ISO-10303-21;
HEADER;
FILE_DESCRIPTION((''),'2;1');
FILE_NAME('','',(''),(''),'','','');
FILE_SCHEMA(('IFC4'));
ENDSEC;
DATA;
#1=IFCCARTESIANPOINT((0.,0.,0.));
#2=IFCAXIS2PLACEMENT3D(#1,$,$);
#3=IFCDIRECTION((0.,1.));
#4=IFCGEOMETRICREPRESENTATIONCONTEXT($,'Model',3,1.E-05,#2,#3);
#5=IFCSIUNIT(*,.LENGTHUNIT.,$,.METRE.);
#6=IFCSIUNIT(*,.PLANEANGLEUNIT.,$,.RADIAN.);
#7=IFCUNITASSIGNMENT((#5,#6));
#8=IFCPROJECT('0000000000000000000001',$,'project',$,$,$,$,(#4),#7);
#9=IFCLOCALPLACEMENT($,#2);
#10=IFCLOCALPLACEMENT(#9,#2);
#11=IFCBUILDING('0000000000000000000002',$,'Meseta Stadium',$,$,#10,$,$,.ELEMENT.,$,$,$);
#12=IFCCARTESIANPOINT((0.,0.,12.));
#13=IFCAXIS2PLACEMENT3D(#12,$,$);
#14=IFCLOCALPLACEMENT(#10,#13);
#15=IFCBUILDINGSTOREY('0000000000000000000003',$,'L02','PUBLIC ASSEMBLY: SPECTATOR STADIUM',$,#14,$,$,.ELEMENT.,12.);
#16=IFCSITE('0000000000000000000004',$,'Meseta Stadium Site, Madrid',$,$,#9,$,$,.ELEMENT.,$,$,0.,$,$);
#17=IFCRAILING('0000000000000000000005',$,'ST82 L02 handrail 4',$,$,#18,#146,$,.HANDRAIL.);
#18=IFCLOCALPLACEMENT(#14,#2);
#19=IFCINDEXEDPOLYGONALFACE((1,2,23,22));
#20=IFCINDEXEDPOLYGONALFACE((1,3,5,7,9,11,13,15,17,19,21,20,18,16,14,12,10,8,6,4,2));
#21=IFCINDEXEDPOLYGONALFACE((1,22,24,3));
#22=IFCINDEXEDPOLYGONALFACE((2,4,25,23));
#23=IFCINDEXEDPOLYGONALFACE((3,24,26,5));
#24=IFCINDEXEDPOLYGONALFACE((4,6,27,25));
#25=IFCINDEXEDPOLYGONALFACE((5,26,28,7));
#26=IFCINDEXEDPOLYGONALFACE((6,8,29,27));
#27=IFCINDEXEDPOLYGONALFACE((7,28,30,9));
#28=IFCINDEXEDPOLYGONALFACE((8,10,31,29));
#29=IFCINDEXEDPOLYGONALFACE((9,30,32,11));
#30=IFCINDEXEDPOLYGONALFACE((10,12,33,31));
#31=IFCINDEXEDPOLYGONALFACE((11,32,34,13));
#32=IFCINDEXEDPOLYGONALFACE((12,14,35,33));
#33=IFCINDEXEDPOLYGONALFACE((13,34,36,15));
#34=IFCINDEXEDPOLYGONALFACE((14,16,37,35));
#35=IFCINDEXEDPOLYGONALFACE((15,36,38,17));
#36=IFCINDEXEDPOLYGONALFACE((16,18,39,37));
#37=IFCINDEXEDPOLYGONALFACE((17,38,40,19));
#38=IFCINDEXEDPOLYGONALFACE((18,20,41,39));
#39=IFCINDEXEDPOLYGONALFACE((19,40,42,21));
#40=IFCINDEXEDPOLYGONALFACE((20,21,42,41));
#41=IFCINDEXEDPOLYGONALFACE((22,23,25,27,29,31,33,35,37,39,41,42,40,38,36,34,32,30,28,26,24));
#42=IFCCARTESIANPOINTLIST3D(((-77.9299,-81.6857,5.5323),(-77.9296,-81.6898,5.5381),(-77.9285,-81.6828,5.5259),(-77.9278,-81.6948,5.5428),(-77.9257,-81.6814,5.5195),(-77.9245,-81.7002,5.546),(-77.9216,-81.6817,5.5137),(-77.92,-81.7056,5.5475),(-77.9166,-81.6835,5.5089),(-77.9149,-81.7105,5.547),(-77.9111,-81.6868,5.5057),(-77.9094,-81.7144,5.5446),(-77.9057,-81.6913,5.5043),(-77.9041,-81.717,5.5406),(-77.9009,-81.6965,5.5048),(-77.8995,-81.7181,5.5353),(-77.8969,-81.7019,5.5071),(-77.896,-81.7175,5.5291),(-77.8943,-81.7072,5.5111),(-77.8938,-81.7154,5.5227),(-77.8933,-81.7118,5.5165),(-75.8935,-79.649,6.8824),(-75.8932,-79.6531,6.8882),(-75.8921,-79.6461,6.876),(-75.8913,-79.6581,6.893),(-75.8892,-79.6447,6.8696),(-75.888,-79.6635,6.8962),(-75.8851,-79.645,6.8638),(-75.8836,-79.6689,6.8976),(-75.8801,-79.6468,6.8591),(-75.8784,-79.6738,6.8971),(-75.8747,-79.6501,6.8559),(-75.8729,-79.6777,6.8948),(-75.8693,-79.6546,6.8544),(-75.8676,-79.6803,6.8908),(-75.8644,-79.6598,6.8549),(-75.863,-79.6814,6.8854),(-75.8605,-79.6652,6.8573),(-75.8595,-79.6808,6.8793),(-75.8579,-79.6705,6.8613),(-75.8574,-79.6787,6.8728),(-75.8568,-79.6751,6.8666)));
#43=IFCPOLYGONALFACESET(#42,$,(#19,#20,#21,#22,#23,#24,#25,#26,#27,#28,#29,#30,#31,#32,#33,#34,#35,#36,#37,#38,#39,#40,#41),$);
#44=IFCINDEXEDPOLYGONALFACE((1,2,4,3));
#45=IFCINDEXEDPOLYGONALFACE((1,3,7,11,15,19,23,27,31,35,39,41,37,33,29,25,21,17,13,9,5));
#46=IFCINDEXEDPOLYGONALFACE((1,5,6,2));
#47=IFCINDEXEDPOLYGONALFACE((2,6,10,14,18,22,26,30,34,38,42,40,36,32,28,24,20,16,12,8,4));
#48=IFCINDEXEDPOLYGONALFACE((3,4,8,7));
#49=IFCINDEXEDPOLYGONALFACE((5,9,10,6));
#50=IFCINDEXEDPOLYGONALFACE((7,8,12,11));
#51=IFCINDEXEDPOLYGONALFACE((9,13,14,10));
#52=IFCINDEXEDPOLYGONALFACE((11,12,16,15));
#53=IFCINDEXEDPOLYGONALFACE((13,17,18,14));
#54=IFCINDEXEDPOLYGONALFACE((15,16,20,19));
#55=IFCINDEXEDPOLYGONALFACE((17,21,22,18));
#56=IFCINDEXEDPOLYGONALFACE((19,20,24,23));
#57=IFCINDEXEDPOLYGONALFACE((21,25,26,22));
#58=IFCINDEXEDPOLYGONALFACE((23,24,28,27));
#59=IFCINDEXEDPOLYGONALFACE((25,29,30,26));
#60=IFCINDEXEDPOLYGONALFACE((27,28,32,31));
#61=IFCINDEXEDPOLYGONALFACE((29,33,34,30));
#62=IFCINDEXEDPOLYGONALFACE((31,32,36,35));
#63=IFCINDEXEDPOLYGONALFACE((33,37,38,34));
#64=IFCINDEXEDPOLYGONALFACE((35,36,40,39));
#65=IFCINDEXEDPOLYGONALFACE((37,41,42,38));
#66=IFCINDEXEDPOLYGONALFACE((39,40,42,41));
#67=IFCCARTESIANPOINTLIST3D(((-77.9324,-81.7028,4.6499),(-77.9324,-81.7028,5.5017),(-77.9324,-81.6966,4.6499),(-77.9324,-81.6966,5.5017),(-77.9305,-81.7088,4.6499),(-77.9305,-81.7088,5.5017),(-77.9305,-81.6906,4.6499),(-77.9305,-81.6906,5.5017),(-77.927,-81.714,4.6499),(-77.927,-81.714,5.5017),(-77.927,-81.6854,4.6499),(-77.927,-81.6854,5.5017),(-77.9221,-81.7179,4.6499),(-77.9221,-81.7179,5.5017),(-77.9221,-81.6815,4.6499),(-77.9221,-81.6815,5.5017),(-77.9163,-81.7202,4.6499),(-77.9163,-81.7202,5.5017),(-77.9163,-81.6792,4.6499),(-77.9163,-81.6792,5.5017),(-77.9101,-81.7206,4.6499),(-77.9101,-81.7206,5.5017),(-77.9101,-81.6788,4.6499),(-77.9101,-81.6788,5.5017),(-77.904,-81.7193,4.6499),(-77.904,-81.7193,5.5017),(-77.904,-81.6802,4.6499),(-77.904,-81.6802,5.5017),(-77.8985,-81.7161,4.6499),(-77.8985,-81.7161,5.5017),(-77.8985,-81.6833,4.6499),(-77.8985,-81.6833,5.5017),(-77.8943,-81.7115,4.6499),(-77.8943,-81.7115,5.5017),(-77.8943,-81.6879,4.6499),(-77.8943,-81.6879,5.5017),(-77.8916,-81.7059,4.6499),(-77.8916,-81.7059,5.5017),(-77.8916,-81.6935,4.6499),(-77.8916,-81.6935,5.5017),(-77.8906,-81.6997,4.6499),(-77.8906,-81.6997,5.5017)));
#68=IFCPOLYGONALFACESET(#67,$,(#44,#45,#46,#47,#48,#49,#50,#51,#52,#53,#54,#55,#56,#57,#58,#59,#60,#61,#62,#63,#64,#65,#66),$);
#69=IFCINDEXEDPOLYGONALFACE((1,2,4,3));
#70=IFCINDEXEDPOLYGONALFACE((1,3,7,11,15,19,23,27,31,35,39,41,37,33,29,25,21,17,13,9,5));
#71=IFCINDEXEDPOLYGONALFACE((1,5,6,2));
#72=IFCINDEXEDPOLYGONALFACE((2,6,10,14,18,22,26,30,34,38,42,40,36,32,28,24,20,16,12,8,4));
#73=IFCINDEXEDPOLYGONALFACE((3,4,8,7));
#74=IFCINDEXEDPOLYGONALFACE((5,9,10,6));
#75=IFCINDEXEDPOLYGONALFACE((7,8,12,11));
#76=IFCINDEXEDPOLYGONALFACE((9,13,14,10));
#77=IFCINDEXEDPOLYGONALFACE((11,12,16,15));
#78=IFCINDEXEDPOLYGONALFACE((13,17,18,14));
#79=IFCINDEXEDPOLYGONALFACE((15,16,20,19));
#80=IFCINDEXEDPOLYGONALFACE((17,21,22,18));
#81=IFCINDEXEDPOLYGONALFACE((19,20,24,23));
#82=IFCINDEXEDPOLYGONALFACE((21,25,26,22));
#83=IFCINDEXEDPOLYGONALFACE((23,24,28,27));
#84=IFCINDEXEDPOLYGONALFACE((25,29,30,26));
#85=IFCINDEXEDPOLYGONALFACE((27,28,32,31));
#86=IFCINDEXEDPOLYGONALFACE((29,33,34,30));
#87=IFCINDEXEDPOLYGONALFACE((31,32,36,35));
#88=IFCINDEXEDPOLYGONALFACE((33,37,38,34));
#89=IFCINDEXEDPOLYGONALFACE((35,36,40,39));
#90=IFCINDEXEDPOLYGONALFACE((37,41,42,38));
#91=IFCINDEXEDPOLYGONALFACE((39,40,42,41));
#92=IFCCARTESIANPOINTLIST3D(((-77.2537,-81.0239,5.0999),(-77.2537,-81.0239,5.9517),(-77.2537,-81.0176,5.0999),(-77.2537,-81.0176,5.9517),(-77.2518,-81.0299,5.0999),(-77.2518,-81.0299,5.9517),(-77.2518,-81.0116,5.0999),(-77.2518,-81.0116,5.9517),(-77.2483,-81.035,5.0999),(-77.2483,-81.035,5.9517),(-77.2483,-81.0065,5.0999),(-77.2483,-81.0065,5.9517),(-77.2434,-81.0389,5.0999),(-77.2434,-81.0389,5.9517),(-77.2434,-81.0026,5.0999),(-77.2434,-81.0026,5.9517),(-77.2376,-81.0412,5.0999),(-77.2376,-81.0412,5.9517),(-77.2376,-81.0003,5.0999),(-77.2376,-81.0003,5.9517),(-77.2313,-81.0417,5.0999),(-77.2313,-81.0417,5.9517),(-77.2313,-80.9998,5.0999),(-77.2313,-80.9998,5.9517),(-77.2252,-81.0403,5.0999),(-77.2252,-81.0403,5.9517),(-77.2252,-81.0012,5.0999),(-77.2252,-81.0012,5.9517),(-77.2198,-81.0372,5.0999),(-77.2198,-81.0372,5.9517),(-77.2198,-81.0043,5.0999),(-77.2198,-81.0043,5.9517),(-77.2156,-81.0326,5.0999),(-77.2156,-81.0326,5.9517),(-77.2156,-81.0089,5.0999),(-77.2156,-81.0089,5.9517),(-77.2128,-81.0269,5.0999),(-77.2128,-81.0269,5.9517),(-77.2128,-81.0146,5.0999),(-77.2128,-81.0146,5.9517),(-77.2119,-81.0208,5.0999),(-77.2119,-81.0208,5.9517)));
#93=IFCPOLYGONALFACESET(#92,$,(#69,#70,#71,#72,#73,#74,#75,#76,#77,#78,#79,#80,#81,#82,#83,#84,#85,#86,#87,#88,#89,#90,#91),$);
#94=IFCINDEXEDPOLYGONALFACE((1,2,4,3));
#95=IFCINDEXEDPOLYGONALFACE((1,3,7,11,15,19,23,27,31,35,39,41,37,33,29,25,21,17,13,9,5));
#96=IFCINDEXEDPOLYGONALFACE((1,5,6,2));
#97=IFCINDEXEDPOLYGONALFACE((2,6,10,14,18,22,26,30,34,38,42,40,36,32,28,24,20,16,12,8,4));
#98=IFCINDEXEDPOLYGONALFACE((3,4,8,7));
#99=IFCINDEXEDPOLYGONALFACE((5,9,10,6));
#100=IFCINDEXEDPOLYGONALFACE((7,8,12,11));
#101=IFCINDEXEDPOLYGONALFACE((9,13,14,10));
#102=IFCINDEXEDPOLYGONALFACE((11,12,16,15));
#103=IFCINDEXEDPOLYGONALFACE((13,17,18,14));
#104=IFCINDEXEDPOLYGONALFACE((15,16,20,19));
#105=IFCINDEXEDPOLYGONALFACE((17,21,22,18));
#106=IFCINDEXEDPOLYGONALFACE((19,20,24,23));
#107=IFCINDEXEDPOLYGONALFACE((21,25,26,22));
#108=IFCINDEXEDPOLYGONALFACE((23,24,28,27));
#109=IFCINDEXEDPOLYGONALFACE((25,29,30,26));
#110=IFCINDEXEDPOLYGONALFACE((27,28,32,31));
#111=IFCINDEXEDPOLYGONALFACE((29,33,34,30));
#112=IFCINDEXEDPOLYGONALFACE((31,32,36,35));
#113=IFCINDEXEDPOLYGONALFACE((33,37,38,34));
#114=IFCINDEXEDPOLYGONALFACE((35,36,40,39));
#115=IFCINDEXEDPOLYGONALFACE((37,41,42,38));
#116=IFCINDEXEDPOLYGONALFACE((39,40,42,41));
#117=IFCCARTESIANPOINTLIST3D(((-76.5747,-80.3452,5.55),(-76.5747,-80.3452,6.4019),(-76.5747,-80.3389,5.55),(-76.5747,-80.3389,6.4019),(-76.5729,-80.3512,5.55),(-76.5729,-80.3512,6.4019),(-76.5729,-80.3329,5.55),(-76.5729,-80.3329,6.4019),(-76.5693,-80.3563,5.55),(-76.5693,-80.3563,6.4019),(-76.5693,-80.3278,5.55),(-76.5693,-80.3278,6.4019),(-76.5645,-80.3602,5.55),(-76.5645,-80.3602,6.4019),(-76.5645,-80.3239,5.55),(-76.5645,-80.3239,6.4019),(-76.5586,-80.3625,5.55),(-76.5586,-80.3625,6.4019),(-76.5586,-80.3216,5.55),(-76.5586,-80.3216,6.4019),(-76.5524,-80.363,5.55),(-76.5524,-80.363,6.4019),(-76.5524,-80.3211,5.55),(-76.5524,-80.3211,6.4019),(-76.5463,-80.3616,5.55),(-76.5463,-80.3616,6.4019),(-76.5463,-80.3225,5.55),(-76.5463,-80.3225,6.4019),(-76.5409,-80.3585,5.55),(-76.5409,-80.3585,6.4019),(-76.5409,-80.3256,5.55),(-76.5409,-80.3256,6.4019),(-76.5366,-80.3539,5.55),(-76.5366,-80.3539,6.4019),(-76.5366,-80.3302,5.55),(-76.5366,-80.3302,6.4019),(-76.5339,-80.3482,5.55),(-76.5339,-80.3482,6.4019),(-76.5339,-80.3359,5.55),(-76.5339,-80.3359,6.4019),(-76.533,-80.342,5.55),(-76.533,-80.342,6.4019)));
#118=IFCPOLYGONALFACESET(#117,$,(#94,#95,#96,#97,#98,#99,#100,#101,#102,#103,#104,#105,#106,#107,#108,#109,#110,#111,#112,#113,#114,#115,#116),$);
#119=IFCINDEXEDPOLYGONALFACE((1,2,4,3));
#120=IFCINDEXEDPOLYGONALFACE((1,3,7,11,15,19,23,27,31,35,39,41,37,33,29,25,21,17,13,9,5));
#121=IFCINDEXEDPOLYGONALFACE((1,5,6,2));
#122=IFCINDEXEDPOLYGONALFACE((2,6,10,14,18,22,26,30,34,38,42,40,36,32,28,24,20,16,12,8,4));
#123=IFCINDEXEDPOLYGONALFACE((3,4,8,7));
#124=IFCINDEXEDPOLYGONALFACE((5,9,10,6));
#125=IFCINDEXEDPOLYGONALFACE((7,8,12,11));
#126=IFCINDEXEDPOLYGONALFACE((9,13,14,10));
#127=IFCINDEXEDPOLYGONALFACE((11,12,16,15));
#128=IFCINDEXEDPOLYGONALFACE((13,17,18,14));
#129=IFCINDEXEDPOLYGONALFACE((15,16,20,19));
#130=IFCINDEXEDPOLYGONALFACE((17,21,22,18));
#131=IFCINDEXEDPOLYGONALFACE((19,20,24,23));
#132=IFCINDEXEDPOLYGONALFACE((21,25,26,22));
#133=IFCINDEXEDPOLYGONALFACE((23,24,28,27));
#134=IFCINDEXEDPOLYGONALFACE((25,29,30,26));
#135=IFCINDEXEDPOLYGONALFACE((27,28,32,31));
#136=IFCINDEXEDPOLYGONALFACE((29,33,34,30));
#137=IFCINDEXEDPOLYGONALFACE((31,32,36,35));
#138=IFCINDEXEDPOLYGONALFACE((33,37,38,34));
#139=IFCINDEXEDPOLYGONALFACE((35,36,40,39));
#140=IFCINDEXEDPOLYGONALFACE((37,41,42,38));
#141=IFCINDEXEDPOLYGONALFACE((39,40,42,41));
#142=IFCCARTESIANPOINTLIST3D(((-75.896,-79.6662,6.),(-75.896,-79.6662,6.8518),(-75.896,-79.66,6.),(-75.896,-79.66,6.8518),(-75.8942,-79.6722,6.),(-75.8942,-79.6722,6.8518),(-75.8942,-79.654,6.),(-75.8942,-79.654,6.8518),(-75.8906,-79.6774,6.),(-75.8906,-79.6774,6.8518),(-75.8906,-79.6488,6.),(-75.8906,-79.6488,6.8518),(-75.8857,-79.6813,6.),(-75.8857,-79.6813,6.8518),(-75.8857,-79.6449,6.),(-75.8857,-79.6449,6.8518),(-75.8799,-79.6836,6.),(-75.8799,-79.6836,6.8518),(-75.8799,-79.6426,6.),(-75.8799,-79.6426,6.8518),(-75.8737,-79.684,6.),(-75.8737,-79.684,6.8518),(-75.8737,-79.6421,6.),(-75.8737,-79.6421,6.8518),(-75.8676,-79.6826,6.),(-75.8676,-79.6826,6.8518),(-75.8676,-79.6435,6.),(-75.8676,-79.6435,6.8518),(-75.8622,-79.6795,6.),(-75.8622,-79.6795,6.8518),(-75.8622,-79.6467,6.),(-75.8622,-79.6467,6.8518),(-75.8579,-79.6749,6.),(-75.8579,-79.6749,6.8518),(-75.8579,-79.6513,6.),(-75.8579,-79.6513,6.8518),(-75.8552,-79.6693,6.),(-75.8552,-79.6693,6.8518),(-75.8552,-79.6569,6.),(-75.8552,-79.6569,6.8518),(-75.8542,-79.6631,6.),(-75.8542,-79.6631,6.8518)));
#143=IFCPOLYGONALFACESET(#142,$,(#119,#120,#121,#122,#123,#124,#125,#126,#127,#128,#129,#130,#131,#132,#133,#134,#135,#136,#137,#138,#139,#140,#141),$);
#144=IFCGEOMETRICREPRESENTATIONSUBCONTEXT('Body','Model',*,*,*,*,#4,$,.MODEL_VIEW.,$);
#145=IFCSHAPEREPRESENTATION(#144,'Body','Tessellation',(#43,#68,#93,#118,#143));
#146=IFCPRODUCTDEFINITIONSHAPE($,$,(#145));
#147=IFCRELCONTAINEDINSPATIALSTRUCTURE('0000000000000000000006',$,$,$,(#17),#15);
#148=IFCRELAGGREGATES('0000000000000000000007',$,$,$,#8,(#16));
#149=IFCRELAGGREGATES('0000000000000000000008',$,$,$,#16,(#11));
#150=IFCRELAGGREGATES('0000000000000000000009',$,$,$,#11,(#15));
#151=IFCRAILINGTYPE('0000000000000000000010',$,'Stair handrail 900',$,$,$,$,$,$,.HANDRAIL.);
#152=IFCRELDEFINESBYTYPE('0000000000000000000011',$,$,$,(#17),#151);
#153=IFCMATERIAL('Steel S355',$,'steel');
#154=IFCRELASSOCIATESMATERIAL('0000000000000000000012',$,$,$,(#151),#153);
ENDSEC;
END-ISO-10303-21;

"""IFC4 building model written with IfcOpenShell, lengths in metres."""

from ifc_helpers import new_model, si_unit, direction, frame, origin, origin_2d, place, context, subcontext, project, spatial, circle, extrude, material, type_object, element, save


model = new_model("IFC4")

# Units and contexts
model_context = context("Model", 3, precision=1e-05, world=origin(), true_north=direction((0.0, 1.0)))
body_context = subcontext(model_context, "Body", "Model", "MODEL_VIEW")
ifc_project = project(units=[si_unit("LENGTHUNIT", "METRE"), si_unit("PLANEANGLEUNIT", "RADIAN")], contexts=[model_context])

# Site, building, storey
site_placement = place(None, origin())
site = spatial("IfcSite", under=ifc_project, at=site_placement, Name="Meseta Stadium Site, Madrid", CompositionType="ELEMENT", RefElevation=0.0)
building_placement = place(site_placement, origin())
building = spatial("IfcBuilding", under=site, at=building_placement, Name="Meseta Stadium", CompositionType="ELEMENT")
storey_placement = place(building_placement, frame((0.0, 0.0, 12.0)))
storey = spatial("IfcBuildingStorey", under=building, at=storey_placement, Name="L02", Description="PUBLIC ASSEMBLY: SPECTATOR STADIUM", CompositionType="ELEMENT", Elevation=12.0)

# Railing
ifc_material_1 = material(Name="Steel S355", Category="steel")
railing_type_1 = type_object("IfcRailingType", Name="Stair handrail 900", PredefinedType="HANDRAIL", material=ifc_material_1)
railing_1_placement = place(storey_placement, frame((-77.9116, -81.6997, 4.6499)))
element("IfcRailing", 1, at=railing_1_placement, inside=storey, type_object=railing_type_1, Name="ST82 L02 handrail 4", PredefinedType="HANDRAIL", context=body_context, shape_type="SweptSolid", body=[
    extrude(circle(Radius=0.0239, at=origin_2d()), frame((0.0, 0.0, 0.876), z_axis=(0.640211, 0.640288, 0.424454), x_axis=(-0.707149, 0.707064, 0.0)), (0.0, 0.0, 1.0), 3.1809),
    extrude(circle(Radius=0.021, at=origin_2d()), origin(), (0.0, 0.0, 1.0), 0.8518),
    extrude(circle(Radius=0.021, at=origin_2d()), frame((0.6787, 0.679, 0.45)), (0.0, 0.0, 1.0), 0.8518),
    extrude(circle(Radius=0.021, at=origin_2d()), frame((1.3577, 1.3577, 0.9001)), (0.0, 0.0, 1.0), 0.8518),
    extrude(circle(Radius=0.021, at=origin_2d()), frame((2.0364, 2.0366, 1.3501)), (0.0, 0.0, 1.0), 0.8518),
])

save(model, "model.ifc")
